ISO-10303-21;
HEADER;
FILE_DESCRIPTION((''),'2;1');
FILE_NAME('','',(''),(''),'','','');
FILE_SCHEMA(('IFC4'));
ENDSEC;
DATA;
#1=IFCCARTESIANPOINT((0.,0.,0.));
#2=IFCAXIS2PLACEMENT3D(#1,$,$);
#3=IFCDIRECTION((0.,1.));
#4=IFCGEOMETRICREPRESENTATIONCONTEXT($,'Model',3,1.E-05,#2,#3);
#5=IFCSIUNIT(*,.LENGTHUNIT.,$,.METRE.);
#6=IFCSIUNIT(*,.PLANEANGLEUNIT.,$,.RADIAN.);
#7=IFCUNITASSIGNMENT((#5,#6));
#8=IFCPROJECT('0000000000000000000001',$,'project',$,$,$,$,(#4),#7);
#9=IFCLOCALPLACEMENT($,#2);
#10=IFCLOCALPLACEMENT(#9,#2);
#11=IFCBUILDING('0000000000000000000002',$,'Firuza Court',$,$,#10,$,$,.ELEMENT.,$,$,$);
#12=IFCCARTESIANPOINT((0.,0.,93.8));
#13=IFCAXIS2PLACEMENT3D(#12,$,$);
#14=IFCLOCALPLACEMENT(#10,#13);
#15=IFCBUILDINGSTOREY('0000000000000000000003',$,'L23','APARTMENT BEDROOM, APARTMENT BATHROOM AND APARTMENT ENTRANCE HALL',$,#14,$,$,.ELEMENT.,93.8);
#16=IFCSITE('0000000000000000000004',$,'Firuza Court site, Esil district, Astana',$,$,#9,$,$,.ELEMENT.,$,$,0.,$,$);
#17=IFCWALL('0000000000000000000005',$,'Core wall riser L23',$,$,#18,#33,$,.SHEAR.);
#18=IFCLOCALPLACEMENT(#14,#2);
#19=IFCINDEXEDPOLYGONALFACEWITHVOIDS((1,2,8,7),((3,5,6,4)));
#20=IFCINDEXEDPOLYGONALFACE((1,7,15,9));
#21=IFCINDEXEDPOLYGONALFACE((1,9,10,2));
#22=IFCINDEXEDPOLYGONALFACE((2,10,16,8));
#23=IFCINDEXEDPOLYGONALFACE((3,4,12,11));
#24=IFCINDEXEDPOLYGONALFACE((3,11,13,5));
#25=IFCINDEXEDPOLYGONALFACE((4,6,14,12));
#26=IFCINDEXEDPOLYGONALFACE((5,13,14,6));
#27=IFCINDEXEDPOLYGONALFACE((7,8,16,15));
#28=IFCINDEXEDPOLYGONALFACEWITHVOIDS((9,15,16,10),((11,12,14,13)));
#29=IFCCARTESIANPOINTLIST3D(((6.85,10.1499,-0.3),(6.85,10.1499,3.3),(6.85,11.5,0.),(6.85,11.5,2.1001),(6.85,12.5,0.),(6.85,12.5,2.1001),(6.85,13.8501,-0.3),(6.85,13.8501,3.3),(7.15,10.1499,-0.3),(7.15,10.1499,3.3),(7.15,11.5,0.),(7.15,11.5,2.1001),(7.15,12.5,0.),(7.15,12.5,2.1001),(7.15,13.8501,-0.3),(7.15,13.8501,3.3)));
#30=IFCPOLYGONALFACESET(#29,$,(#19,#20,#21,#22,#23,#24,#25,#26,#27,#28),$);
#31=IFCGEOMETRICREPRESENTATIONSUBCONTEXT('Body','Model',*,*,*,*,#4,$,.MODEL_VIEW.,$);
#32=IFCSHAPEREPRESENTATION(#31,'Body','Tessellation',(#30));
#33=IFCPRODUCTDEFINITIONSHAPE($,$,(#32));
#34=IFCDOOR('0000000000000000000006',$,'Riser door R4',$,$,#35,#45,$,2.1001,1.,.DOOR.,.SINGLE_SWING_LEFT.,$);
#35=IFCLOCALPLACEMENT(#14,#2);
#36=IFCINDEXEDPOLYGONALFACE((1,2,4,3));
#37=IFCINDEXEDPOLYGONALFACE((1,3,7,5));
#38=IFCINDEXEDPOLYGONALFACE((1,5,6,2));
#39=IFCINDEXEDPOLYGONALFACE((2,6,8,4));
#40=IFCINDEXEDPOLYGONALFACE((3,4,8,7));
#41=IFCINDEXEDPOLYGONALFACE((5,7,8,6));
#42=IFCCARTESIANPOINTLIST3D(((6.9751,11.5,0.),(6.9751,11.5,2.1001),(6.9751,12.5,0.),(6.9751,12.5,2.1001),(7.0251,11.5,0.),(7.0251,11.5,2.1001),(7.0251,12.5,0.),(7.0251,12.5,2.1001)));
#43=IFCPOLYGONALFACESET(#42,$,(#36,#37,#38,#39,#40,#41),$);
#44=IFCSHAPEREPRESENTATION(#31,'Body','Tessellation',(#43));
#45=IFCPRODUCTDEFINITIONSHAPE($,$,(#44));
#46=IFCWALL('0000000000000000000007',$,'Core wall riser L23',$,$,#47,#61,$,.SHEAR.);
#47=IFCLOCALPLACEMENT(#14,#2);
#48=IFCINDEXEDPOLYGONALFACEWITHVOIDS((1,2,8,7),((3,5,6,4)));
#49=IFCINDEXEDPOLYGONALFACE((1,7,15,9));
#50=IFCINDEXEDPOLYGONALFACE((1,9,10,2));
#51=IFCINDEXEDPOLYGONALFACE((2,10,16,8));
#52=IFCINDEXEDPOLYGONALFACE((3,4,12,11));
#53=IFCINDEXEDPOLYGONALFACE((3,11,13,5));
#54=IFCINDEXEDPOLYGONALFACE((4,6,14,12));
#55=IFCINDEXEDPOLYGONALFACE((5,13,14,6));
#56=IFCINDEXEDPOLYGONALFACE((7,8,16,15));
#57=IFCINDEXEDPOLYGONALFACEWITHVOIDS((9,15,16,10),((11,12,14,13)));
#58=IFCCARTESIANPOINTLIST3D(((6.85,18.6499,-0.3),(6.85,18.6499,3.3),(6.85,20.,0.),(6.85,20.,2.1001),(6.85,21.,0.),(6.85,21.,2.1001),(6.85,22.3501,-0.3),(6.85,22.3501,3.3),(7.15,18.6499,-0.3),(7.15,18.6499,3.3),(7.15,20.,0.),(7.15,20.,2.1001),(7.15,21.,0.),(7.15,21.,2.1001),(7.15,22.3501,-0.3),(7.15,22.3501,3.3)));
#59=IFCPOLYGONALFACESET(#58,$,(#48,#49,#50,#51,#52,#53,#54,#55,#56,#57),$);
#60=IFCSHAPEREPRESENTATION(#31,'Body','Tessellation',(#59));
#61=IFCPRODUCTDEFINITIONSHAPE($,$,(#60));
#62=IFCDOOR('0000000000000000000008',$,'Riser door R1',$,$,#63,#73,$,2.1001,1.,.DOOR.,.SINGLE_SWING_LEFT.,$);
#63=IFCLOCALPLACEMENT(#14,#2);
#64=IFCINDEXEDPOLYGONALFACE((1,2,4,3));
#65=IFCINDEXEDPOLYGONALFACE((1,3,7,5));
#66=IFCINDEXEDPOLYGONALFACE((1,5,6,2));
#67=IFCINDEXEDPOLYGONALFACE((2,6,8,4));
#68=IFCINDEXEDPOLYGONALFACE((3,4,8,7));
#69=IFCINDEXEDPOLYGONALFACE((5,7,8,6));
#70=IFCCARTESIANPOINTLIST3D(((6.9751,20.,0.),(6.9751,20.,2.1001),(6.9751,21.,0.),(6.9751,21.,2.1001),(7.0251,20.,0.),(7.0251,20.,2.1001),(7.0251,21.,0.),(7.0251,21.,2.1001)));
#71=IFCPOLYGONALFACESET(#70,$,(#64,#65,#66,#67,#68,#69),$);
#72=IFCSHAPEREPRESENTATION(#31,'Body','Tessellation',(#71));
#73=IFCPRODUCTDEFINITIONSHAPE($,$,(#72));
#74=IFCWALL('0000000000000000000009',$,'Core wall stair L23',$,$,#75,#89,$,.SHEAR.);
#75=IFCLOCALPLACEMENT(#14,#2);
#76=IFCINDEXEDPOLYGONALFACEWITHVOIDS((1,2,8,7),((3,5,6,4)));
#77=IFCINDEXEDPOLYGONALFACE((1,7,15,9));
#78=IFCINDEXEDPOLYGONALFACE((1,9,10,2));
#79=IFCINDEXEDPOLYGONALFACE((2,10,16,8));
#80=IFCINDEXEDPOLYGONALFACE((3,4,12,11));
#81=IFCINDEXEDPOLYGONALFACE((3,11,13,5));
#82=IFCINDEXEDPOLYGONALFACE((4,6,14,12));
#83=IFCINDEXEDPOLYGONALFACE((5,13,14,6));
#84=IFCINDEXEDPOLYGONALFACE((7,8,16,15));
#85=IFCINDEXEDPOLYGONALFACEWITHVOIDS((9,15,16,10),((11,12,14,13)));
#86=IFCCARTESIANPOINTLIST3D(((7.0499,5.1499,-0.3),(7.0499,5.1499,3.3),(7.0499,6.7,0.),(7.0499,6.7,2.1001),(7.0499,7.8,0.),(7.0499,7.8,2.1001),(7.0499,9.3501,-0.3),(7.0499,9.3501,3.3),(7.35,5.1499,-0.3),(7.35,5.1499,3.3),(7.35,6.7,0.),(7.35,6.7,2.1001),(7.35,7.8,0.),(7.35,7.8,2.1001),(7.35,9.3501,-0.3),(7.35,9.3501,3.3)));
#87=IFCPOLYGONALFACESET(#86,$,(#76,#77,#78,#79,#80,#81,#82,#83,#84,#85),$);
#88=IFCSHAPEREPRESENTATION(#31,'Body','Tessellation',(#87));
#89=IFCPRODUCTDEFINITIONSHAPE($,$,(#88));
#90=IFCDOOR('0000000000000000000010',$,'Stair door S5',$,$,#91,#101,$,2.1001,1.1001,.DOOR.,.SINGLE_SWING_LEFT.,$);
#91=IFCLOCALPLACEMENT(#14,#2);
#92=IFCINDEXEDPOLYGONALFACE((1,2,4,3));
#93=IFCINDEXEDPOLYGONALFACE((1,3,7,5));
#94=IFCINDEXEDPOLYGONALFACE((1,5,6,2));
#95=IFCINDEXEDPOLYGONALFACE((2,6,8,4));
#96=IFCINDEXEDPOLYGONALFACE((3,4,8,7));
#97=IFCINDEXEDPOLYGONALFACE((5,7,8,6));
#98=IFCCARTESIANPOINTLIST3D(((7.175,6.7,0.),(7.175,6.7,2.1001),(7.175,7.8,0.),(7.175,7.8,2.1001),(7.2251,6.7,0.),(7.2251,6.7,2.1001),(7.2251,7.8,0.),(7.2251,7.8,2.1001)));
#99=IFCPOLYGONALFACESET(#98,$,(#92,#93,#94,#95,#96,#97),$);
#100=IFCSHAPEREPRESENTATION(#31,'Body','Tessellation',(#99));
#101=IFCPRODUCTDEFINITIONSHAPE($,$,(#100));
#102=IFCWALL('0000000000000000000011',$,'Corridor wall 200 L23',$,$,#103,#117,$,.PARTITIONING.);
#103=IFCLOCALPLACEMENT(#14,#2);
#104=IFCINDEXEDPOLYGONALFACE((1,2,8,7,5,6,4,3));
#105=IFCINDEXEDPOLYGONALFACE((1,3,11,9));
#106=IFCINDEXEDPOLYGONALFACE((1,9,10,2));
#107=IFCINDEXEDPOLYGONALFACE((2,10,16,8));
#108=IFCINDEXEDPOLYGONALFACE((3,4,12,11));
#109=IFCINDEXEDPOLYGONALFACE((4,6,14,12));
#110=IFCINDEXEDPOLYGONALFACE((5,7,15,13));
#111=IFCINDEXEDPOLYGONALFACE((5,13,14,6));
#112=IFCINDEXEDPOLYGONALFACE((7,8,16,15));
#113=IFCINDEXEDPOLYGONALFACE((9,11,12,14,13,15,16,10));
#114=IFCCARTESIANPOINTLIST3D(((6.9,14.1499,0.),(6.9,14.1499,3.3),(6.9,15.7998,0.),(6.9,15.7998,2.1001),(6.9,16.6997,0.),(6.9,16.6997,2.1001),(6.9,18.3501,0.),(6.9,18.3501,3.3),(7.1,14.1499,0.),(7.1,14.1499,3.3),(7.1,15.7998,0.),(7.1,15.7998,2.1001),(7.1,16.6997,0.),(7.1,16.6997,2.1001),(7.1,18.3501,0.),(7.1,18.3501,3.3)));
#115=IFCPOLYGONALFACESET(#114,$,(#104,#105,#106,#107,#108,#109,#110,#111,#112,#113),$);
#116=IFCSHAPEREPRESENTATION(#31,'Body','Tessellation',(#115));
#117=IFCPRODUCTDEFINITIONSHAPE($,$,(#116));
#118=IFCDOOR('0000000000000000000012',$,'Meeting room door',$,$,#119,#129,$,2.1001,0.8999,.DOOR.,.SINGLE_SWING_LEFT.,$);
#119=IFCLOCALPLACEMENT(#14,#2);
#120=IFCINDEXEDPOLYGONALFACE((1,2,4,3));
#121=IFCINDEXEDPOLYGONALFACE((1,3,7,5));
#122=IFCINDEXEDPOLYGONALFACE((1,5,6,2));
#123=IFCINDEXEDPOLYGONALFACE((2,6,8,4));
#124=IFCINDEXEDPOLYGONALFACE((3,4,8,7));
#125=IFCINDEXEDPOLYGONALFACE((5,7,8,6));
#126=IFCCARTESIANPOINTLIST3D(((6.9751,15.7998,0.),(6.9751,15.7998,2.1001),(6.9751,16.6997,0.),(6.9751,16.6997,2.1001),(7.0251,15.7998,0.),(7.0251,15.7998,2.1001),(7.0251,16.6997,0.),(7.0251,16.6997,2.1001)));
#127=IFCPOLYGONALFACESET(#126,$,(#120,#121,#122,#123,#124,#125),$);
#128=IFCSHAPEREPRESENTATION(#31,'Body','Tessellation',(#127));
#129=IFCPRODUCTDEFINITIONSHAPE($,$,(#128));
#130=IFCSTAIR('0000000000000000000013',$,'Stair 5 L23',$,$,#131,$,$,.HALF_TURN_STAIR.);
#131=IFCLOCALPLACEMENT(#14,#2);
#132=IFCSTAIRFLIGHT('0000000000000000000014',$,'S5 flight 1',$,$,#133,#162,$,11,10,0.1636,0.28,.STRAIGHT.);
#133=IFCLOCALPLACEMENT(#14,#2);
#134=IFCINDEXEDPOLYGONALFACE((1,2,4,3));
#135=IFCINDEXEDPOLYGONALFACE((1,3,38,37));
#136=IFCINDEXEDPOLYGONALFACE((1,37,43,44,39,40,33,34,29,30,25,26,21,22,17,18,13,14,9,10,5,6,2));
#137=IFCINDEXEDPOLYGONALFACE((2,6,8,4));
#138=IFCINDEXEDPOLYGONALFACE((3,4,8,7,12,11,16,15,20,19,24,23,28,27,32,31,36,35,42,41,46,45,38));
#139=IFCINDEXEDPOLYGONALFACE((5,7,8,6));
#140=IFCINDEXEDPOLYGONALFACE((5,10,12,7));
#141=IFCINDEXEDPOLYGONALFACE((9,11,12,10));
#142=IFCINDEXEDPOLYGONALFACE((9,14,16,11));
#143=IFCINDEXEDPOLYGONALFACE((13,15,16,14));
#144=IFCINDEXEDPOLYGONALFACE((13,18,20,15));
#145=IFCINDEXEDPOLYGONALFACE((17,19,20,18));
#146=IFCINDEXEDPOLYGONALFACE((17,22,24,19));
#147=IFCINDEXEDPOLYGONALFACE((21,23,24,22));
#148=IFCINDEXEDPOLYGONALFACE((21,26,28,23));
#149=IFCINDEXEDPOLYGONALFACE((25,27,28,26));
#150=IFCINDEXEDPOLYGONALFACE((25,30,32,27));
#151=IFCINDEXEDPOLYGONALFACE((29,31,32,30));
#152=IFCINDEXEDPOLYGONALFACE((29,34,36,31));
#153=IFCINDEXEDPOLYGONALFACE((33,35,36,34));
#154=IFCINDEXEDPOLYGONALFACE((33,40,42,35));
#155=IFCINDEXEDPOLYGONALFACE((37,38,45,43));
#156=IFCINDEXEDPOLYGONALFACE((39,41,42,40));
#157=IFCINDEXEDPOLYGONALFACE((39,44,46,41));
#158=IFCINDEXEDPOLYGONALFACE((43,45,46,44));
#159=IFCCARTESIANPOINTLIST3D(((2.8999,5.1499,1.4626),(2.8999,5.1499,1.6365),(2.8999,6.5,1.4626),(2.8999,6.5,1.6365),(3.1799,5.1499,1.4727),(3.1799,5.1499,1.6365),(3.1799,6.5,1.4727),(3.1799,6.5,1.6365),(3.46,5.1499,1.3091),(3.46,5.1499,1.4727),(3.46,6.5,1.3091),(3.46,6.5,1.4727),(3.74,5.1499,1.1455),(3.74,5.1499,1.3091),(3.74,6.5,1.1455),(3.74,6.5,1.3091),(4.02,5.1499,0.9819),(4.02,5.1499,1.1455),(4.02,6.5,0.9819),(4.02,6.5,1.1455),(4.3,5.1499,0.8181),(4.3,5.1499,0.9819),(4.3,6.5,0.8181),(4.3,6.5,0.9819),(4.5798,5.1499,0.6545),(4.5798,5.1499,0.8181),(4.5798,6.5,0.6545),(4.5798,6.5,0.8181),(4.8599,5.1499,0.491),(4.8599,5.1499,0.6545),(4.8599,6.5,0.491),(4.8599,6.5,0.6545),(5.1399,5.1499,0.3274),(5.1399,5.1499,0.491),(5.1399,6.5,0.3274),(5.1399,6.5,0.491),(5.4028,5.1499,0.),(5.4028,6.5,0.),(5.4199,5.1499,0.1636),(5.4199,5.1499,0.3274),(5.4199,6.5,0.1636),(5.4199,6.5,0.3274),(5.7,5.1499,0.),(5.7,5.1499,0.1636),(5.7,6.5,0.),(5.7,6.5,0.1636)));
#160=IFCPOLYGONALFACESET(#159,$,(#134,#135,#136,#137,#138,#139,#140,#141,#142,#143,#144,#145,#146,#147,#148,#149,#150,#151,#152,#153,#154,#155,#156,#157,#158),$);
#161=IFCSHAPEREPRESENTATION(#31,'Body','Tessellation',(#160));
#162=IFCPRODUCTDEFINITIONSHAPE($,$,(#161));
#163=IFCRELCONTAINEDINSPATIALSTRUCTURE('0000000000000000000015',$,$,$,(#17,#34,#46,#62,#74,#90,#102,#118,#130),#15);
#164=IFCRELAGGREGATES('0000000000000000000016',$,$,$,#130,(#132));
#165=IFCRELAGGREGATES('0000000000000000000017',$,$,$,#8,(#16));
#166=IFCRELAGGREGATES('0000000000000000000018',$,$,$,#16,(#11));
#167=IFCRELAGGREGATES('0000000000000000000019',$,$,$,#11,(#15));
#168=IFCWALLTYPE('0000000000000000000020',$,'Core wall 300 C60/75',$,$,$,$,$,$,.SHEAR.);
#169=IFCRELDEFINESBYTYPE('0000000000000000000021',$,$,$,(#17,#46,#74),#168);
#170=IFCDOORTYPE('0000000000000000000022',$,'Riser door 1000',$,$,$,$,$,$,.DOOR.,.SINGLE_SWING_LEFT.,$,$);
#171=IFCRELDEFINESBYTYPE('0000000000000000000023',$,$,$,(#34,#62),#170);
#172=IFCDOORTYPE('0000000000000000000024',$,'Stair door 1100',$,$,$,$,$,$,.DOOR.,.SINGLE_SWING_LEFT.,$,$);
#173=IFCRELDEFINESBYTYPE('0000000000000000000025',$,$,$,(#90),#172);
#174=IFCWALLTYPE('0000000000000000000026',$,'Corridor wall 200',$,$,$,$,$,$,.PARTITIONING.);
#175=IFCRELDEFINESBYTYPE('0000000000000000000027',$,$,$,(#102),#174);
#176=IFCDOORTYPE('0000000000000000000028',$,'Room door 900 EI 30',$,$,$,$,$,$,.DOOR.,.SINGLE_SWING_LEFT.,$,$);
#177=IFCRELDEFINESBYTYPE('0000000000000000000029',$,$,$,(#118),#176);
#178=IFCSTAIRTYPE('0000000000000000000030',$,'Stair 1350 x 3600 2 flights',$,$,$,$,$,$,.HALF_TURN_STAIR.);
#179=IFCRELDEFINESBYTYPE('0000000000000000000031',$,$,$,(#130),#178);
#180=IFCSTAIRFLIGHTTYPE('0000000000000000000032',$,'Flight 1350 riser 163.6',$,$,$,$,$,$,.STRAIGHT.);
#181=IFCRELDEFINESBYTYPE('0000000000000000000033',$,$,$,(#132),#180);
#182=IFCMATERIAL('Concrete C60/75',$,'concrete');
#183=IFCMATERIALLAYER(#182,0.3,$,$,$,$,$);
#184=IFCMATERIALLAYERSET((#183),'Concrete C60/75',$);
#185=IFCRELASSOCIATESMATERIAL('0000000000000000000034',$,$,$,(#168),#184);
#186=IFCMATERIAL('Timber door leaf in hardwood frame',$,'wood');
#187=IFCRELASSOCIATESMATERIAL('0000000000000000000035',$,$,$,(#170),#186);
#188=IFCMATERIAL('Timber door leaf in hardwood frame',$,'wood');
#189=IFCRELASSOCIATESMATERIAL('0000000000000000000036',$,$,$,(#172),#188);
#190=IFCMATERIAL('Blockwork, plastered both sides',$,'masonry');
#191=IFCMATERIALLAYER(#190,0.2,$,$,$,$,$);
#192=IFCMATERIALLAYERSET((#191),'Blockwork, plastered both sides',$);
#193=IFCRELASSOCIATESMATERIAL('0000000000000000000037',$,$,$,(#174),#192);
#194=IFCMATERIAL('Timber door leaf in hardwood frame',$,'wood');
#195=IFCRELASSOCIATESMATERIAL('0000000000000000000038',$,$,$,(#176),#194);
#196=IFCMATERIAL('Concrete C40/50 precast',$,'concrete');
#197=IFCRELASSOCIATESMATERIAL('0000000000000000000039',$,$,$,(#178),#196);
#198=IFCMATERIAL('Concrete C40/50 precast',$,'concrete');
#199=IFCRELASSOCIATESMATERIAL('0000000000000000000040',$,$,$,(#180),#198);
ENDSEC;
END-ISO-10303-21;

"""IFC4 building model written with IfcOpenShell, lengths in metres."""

from ifc_helpers import new_model, si_unit, direction, frame, frame_2d, origin, place, context, subcontext, project, spatial, polyline, rectangle, outline, extrude, material, layer, layer_set, type_object, element, fill, aggregate, save


model = new_model("IFC4")

# Units and contexts
model_context = context("Model", 3, precision=1e-05, world=origin(), true_north=direction((0.0, 1.0)))
body_context = subcontext(model_context, "Body", "Model", "MODEL_VIEW")
ifc_project = project(units=[si_unit("LENGTHUNIT", "METRE"), si_unit("PLANEANGLEUNIT", "RADIAN")], contexts=[model_context])

# Site, building, storey
site_placement = place(None, origin())
site = spatial("IfcSite", under=ifc_project, at=site_placement, Name="Firuza Court site, Esil district, Astana", CompositionType="ELEMENT", RefElevation=0.0)
building_placement = place(site_placement, origin())
building = spatial("IfcBuilding", under=site, at=building_placement, Name="Firuza Court", CompositionType="ELEMENT")
storey_placement = place(building_placement, frame((0.0, 0.0, 93.8)))
storey = spatial("IfcBuildingStorey", under=building, at=storey_placement, Name="L23", Description="APARTMENT BEDROOM, APARTMENT BATHROOM AND APARTMENT ENTRANCE HALL", CompositionType="ELEMENT", Elevation=93.8)

# Shared definitions
ifc_material_1 = material(Name="Concrete C60/75", Category="concrete")
ifc_layer_1 = layer(ifc_material_1, 0.3)
ifc_layer_set_1 = layer_set([ifc_layer_1], Name="Concrete C60/75")
wall_type_1 = type_object("IfcWallType", Name="Core wall 300 C60/75", PredefinedType="SHEAR", material=ifc_layer_set_1)

# Walls, openings, doors
wall_1_placement = place(storey_placement, frame((7.0, 10.1499, -0.3), z_axis=(0.0, 0.0, 1.0), x_axis=(0.0, 1.0, 0.0)))
wall_1 = element("IfcWall", 1, at=wall_1_placement, inside=storey, type_object=wall_type_1, Name="Core wall riser L23", PredefinedType="SHEAR", context=body_context, shape_type="SweptSolid", body=[
    extrude(rectangle(XDim=3.7002, YDim=0.3, at=frame_2d((1.8501, 0.0))), origin(), (0.0, 0.0, 1.0), 3.6001),
])
opening_1_placement = place(wall_1_placement, frame((1.3501, 0.0, 0.3)))
opening_1 = element("IfcOpeningElement", 2, at=opening_1_placement, cuts=wall_1, PredefinedType="OPENING", context=body_context, shape_type="SweptSolid", body=[
    extrude(rectangle(XDim=1.0, YDim=2.1001, at=frame_2d((0.5, 1.05))), frame((0.0, 0.1621, 0.0), z_axis=(0.0, -1.0, 0.0), x_axis=(1.0, 0.0, 0.0)), (0.0, 0.0, 1.0), 0.324),
])
ifc_material_2 = material(Name="Timber door leaf in hardwood frame", Category="wood")
door_type_1 = type_object("IfcDoorType", Name="Riser door 1000", OperationType="SINGLE_SWING_LEFT", PredefinedType="DOOR", material=ifc_material_2)
door_1_placement = place(opening_1_placement, origin())
door_1 = element("IfcDoor", 3, at=door_1_placement, inside=storey, type_object=door_type_1, Name="Riser door R4", OperationType="SINGLE_SWING_LEFT", OverallHeight=2.1001, OverallWidth=1.0, PredefinedType="DOOR", context=body_context, shape_type="SweptSolid", body=[
    extrude(rectangle(XDim=1.0, YDim=2.1001, at=frame_2d((0.5, 1.05))), frame((0.0, 0.0249, 0.0), z_axis=(0.0, -1.0, 0.0), x_axis=(1.0, 0.0, 0.0)), (0.0, 0.0, 1.0), 0.05),
])
fill(opening_1, door_1)
wall_2_placement = place(storey_placement, frame((7.0, 18.6499, -0.3), z_axis=(0.0, 0.0, 1.0), x_axis=(0.0, 1.0, 0.0)))
wall_2 = element("IfcWall", 4, at=wall_2_placement, inside=storey, type_object=wall_type_1, Name="Core wall riser L23", PredefinedType="SHEAR", context=body_context, shape_type="SweptSolid", body=[
    extrude(rectangle(XDim=3.7002, YDim=0.3, at=frame_2d((1.8501, 0.0))), origin(), (0.0, 0.0, 1.0), 3.6001),
])
opening_2_placement = place(wall_2_placement, frame((1.3501, 0.0, 0.3)))
opening_2 = element("IfcOpeningElement", 5, at=opening_2_placement, cuts=wall_2, PredefinedType="OPENING", context=body_context, shape_type="SweptSolid", body=[
    extrude(rectangle(XDim=1.0, YDim=2.1001, at=frame_2d((0.5, 1.05))), frame((0.0, 0.1621, 0.0), z_axis=(0.0, -1.0, 0.0), x_axis=(1.0, 0.0, 0.0)), (0.0, 0.0, 1.0), 0.324),
])
door_2_placement = place(opening_2_placement, origin())
door_2 = element("IfcDoor", 6, at=door_2_placement, inside=storey, type_object=door_type_1, Name="Riser door R1", OperationType="SINGLE_SWING_LEFT", OverallHeight=2.1001, OverallWidth=1.0, PredefinedType="DOOR", context=body_context, shape_type="SweptSolid", body=[
    extrude(rectangle(XDim=1.0, YDim=2.1001, at=frame_2d((0.5, 1.05))), frame((0.0, 0.0249, 0.0), z_axis=(0.0, -1.0, 0.0), x_axis=(1.0, 0.0, 0.0)), (0.0, 0.0, 1.0), 0.05),
])
fill(opening_2, door_2)
wall_3_placement = place(storey_placement, frame((7.2, 5.1499, -0.3), z_axis=(0.0, 0.0, 1.0), x_axis=(0.0, 1.0, 0.0)))
wall_3 = element("IfcWall", 7, at=wall_3_placement, inside=storey, type_object=wall_type_1, Name="Core wall stair L23", PredefinedType="SHEAR", context=body_context, shape_type="SweptSolid", body=[
    extrude(rectangle(XDim=4.2002, YDim=0.3, at=frame_2d((2.1001, 0.0))), origin(), (0.0, 0.0, 1.0), 3.6001),
])
opening_3_placement = place(wall_3_placement, frame((1.55, 0.0, 0.3)))
opening_3 = element("IfcOpeningElement", 8, at=opening_3_placement, cuts=wall_3, PredefinedType="OPENING", context=body_context, shape_type="SweptSolid", body=[
    extrude(rectangle(XDim=1.1001, YDim=2.1001, at=frame_2d((0.55, 1.05))), frame((0.0, 0.1621, 0.0), z_axis=(0.0, -1.0, 0.0), x_axis=(1.0, 0.0, 0.0)), (0.0, 0.0, 1.0), 0.324),
])
ifc_material_3 = material(Name="Timber door leaf in hardwood frame", Category="wood")
door_type_2 = type_object("IfcDoorType", Name="Stair door 1100", OperationType="SINGLE_SWING_LEFT", PredefinedType="DOOR", material=ifc_material_3)
door_3_placement = place(opening_3_placement, origin())
door_3 = element("IfcDoor", 9, at=door_3_placement, inside=storey, type_object=door_type_2, Name="Stair door S5", OperationType="SINGLE_SWING_LEFT", OverallHeight=2.1001, OverallWidth=1.1001, PredefinedType="DOOR", context=body_context, shape_type="SweptSolid", body=[
    extrude(rectangle(XDim=1.1001, YDim=2.1001, at=frame_2d((0.55, 1.05))), frame((0.0, 0.0249, 0.0), z_axis=(0.0, -1.0, 0.0), x_axis=(1.0, 0.0, 0.0)), (0.0, 0.0, 1.0), 0.05),
])
fill(opening_3, door_3)
ifc_material_4 = material(Name="Blockwork, plastered both sides", Category="masonry")
ifc_layer_2 = layer(ifc_material_4, 0.2)
ifc_layer_set_2 = layer_set([ifc_layer_2], Name="Blockwork, plastered both sides")
wall_type_2 = type_object("IfcWallType", Name="Corridor wall 200", PredefinedType="PARTITIONING", material=ifc_layer_set_2)
wall_4_placement = place(storey_placement, frame((7.0, 14.1499, 0.0), z_axis=(0.0, 0.0, 1.0), x_axis=(0.0, 1.0, 0.0)))
wall_4 = element("IfcWall", 10, at=wall_4_placement, inside=storey, type_object=wall_type_2, Name="Corridor wall 200 L23", PredefinedType="PARTITIONING", context=body_context, shape_type="SweptSolid", body=[
    extrude(rectangle(XDim=4.2002, YDim=0.2, at=frame_2d((2.1001, 0.0))), origin(), (0.0, 0.0, 1.0), 3.3),
])
opening_4_placement = place(wall_4_placement, frame((1.6499, 0.0, 0.0)))
opening_4 = element("IfcOpeningElement", 11, at=opening_4_placement, cuts=wall_4, PredefinedType="OPENING", context=body_context, shape_type="SweptSolid", body=[
    extrude(rectangle(XDim=0.8999, YDim=2.1001, at=frame_2d((0.45, 1.05))), frame((0.0, 0.1118, 0.0), z_axis=(0.0, -1.0, 0.0), x_axis=(1.0, 0.0, 0.0)), (0.0, 0.0, 1.0), 0.2239),
])
ifc_material_5 = material(Name="Timber door leaf in hardwood frame", Category="wood")
door_type_3 = type_object("IfcDoorType", Name="Room door 900 EI 30", OperationType="SINGLE_SWING_LEFT", PredefinedType="DOOR", material=ifc_material_5)
door_4_placement = place(opening_4_placement, origin())
door_4 = element("IfcDoor", 12, at=door_4_placement, inside=storey, type_object=door_type_3, Name="Meeting room door", OperationType="SINGLE_SWING_LEFT", OverallHeight=2.1001, OverallWidth=0.8999, PredefinedType="DOOR", context=body_context, shape_type="SweptSolid", body=[
    extrude(rectangle(XDim=0.8999, YDim=2.1001, at=frame_2d((0.45, 1.05))), frame((0.0, 0.0249, 0.0), z_axis=(0.0, -1.0, 0.0), x_axis=(1.0, 0.0, 0.0)), (0.0, 0.0, 1.0), 0.05),
])
fill(opening_4, door_4)

# Stair, stair flight
ifc_material_6 = material(Name="Concrete C40/50 precast", Category="concrete")
stair_type = type_object("IfcStairType", Name="Stair 1350 x 3600 2 flights", PredefinedType="HALF_TURN_STAIR", material=ifc_material_6)
stair_placement = place(storey_placement, origin())
stair = element("IfcStair", 13, at=stair_placement, inside=storey, type_object=stair_type, Name="Stair 5 L23", PredefinedType="HALF_TURN_STAIR")
ifc_material_7 = material(Name="Concrete C40/50 precast", Category="concrete")
stair_flight_type = type_object("IfcStairFlightType", Name="Flight 1350 riser 163.6", PredefinedType="STRAIGHT", material=ifc_material_7)
stair_flight_1_placement = place(storey_placement, frame((5.7, 5.825, 0.0), z_axis=(0.0, 0.0, 1.0), x_axis=(-1.0, 0.0, 0.0)))
stair_flight_1 = element("IfcStairFlight", 14, at=stair_flight_1_placement, type_object=stair_flight_type, Name="S5 flight 1", NumberOfRisers=11, NumberOfTreads=10, PredefinedType="STRAIGHT", RiserHeight=0.1636, TreadLength=0.28, context=body_context, shape_type="SweptSolid", body=[
    extrude(outline(polyline([(0.0, 0.0), (0.0, 0.1636), (0.28, 0.1636), (0.28, 0.3274), (0.5601, 0.3274), (0.5601, 0.491), (0.8401, 0.491), (0.8401, 0.6545), (1.1201, 0.6545), (1.1201, 0.8181), (1.3999, 0.8181), (1.3999, 0.9819), (1.6799, 0.9819), (1.6799, 1.1455), (1.96, 1.1455), (1.96, 1.3091), (2.24, 1.3091), (2.24, 1.4727), (2.52, 1.4727), (2.52, 1.6365), (2.8, 1.6365), (2.8, 1.8), (2.8, 1.4626), (0.2971, 0.0), (0.0, 0.0)])), frame((0.0, 0.675, 0.0), z_axis=(0.0, -1.0, 0.0), x_axis=(1.0, 0.0, 0.0)), (0.0, 0.0, 1.0), 1.3501),
])
aggregate(stair, [stair_flight_1])

save(model, "model.ifc")
